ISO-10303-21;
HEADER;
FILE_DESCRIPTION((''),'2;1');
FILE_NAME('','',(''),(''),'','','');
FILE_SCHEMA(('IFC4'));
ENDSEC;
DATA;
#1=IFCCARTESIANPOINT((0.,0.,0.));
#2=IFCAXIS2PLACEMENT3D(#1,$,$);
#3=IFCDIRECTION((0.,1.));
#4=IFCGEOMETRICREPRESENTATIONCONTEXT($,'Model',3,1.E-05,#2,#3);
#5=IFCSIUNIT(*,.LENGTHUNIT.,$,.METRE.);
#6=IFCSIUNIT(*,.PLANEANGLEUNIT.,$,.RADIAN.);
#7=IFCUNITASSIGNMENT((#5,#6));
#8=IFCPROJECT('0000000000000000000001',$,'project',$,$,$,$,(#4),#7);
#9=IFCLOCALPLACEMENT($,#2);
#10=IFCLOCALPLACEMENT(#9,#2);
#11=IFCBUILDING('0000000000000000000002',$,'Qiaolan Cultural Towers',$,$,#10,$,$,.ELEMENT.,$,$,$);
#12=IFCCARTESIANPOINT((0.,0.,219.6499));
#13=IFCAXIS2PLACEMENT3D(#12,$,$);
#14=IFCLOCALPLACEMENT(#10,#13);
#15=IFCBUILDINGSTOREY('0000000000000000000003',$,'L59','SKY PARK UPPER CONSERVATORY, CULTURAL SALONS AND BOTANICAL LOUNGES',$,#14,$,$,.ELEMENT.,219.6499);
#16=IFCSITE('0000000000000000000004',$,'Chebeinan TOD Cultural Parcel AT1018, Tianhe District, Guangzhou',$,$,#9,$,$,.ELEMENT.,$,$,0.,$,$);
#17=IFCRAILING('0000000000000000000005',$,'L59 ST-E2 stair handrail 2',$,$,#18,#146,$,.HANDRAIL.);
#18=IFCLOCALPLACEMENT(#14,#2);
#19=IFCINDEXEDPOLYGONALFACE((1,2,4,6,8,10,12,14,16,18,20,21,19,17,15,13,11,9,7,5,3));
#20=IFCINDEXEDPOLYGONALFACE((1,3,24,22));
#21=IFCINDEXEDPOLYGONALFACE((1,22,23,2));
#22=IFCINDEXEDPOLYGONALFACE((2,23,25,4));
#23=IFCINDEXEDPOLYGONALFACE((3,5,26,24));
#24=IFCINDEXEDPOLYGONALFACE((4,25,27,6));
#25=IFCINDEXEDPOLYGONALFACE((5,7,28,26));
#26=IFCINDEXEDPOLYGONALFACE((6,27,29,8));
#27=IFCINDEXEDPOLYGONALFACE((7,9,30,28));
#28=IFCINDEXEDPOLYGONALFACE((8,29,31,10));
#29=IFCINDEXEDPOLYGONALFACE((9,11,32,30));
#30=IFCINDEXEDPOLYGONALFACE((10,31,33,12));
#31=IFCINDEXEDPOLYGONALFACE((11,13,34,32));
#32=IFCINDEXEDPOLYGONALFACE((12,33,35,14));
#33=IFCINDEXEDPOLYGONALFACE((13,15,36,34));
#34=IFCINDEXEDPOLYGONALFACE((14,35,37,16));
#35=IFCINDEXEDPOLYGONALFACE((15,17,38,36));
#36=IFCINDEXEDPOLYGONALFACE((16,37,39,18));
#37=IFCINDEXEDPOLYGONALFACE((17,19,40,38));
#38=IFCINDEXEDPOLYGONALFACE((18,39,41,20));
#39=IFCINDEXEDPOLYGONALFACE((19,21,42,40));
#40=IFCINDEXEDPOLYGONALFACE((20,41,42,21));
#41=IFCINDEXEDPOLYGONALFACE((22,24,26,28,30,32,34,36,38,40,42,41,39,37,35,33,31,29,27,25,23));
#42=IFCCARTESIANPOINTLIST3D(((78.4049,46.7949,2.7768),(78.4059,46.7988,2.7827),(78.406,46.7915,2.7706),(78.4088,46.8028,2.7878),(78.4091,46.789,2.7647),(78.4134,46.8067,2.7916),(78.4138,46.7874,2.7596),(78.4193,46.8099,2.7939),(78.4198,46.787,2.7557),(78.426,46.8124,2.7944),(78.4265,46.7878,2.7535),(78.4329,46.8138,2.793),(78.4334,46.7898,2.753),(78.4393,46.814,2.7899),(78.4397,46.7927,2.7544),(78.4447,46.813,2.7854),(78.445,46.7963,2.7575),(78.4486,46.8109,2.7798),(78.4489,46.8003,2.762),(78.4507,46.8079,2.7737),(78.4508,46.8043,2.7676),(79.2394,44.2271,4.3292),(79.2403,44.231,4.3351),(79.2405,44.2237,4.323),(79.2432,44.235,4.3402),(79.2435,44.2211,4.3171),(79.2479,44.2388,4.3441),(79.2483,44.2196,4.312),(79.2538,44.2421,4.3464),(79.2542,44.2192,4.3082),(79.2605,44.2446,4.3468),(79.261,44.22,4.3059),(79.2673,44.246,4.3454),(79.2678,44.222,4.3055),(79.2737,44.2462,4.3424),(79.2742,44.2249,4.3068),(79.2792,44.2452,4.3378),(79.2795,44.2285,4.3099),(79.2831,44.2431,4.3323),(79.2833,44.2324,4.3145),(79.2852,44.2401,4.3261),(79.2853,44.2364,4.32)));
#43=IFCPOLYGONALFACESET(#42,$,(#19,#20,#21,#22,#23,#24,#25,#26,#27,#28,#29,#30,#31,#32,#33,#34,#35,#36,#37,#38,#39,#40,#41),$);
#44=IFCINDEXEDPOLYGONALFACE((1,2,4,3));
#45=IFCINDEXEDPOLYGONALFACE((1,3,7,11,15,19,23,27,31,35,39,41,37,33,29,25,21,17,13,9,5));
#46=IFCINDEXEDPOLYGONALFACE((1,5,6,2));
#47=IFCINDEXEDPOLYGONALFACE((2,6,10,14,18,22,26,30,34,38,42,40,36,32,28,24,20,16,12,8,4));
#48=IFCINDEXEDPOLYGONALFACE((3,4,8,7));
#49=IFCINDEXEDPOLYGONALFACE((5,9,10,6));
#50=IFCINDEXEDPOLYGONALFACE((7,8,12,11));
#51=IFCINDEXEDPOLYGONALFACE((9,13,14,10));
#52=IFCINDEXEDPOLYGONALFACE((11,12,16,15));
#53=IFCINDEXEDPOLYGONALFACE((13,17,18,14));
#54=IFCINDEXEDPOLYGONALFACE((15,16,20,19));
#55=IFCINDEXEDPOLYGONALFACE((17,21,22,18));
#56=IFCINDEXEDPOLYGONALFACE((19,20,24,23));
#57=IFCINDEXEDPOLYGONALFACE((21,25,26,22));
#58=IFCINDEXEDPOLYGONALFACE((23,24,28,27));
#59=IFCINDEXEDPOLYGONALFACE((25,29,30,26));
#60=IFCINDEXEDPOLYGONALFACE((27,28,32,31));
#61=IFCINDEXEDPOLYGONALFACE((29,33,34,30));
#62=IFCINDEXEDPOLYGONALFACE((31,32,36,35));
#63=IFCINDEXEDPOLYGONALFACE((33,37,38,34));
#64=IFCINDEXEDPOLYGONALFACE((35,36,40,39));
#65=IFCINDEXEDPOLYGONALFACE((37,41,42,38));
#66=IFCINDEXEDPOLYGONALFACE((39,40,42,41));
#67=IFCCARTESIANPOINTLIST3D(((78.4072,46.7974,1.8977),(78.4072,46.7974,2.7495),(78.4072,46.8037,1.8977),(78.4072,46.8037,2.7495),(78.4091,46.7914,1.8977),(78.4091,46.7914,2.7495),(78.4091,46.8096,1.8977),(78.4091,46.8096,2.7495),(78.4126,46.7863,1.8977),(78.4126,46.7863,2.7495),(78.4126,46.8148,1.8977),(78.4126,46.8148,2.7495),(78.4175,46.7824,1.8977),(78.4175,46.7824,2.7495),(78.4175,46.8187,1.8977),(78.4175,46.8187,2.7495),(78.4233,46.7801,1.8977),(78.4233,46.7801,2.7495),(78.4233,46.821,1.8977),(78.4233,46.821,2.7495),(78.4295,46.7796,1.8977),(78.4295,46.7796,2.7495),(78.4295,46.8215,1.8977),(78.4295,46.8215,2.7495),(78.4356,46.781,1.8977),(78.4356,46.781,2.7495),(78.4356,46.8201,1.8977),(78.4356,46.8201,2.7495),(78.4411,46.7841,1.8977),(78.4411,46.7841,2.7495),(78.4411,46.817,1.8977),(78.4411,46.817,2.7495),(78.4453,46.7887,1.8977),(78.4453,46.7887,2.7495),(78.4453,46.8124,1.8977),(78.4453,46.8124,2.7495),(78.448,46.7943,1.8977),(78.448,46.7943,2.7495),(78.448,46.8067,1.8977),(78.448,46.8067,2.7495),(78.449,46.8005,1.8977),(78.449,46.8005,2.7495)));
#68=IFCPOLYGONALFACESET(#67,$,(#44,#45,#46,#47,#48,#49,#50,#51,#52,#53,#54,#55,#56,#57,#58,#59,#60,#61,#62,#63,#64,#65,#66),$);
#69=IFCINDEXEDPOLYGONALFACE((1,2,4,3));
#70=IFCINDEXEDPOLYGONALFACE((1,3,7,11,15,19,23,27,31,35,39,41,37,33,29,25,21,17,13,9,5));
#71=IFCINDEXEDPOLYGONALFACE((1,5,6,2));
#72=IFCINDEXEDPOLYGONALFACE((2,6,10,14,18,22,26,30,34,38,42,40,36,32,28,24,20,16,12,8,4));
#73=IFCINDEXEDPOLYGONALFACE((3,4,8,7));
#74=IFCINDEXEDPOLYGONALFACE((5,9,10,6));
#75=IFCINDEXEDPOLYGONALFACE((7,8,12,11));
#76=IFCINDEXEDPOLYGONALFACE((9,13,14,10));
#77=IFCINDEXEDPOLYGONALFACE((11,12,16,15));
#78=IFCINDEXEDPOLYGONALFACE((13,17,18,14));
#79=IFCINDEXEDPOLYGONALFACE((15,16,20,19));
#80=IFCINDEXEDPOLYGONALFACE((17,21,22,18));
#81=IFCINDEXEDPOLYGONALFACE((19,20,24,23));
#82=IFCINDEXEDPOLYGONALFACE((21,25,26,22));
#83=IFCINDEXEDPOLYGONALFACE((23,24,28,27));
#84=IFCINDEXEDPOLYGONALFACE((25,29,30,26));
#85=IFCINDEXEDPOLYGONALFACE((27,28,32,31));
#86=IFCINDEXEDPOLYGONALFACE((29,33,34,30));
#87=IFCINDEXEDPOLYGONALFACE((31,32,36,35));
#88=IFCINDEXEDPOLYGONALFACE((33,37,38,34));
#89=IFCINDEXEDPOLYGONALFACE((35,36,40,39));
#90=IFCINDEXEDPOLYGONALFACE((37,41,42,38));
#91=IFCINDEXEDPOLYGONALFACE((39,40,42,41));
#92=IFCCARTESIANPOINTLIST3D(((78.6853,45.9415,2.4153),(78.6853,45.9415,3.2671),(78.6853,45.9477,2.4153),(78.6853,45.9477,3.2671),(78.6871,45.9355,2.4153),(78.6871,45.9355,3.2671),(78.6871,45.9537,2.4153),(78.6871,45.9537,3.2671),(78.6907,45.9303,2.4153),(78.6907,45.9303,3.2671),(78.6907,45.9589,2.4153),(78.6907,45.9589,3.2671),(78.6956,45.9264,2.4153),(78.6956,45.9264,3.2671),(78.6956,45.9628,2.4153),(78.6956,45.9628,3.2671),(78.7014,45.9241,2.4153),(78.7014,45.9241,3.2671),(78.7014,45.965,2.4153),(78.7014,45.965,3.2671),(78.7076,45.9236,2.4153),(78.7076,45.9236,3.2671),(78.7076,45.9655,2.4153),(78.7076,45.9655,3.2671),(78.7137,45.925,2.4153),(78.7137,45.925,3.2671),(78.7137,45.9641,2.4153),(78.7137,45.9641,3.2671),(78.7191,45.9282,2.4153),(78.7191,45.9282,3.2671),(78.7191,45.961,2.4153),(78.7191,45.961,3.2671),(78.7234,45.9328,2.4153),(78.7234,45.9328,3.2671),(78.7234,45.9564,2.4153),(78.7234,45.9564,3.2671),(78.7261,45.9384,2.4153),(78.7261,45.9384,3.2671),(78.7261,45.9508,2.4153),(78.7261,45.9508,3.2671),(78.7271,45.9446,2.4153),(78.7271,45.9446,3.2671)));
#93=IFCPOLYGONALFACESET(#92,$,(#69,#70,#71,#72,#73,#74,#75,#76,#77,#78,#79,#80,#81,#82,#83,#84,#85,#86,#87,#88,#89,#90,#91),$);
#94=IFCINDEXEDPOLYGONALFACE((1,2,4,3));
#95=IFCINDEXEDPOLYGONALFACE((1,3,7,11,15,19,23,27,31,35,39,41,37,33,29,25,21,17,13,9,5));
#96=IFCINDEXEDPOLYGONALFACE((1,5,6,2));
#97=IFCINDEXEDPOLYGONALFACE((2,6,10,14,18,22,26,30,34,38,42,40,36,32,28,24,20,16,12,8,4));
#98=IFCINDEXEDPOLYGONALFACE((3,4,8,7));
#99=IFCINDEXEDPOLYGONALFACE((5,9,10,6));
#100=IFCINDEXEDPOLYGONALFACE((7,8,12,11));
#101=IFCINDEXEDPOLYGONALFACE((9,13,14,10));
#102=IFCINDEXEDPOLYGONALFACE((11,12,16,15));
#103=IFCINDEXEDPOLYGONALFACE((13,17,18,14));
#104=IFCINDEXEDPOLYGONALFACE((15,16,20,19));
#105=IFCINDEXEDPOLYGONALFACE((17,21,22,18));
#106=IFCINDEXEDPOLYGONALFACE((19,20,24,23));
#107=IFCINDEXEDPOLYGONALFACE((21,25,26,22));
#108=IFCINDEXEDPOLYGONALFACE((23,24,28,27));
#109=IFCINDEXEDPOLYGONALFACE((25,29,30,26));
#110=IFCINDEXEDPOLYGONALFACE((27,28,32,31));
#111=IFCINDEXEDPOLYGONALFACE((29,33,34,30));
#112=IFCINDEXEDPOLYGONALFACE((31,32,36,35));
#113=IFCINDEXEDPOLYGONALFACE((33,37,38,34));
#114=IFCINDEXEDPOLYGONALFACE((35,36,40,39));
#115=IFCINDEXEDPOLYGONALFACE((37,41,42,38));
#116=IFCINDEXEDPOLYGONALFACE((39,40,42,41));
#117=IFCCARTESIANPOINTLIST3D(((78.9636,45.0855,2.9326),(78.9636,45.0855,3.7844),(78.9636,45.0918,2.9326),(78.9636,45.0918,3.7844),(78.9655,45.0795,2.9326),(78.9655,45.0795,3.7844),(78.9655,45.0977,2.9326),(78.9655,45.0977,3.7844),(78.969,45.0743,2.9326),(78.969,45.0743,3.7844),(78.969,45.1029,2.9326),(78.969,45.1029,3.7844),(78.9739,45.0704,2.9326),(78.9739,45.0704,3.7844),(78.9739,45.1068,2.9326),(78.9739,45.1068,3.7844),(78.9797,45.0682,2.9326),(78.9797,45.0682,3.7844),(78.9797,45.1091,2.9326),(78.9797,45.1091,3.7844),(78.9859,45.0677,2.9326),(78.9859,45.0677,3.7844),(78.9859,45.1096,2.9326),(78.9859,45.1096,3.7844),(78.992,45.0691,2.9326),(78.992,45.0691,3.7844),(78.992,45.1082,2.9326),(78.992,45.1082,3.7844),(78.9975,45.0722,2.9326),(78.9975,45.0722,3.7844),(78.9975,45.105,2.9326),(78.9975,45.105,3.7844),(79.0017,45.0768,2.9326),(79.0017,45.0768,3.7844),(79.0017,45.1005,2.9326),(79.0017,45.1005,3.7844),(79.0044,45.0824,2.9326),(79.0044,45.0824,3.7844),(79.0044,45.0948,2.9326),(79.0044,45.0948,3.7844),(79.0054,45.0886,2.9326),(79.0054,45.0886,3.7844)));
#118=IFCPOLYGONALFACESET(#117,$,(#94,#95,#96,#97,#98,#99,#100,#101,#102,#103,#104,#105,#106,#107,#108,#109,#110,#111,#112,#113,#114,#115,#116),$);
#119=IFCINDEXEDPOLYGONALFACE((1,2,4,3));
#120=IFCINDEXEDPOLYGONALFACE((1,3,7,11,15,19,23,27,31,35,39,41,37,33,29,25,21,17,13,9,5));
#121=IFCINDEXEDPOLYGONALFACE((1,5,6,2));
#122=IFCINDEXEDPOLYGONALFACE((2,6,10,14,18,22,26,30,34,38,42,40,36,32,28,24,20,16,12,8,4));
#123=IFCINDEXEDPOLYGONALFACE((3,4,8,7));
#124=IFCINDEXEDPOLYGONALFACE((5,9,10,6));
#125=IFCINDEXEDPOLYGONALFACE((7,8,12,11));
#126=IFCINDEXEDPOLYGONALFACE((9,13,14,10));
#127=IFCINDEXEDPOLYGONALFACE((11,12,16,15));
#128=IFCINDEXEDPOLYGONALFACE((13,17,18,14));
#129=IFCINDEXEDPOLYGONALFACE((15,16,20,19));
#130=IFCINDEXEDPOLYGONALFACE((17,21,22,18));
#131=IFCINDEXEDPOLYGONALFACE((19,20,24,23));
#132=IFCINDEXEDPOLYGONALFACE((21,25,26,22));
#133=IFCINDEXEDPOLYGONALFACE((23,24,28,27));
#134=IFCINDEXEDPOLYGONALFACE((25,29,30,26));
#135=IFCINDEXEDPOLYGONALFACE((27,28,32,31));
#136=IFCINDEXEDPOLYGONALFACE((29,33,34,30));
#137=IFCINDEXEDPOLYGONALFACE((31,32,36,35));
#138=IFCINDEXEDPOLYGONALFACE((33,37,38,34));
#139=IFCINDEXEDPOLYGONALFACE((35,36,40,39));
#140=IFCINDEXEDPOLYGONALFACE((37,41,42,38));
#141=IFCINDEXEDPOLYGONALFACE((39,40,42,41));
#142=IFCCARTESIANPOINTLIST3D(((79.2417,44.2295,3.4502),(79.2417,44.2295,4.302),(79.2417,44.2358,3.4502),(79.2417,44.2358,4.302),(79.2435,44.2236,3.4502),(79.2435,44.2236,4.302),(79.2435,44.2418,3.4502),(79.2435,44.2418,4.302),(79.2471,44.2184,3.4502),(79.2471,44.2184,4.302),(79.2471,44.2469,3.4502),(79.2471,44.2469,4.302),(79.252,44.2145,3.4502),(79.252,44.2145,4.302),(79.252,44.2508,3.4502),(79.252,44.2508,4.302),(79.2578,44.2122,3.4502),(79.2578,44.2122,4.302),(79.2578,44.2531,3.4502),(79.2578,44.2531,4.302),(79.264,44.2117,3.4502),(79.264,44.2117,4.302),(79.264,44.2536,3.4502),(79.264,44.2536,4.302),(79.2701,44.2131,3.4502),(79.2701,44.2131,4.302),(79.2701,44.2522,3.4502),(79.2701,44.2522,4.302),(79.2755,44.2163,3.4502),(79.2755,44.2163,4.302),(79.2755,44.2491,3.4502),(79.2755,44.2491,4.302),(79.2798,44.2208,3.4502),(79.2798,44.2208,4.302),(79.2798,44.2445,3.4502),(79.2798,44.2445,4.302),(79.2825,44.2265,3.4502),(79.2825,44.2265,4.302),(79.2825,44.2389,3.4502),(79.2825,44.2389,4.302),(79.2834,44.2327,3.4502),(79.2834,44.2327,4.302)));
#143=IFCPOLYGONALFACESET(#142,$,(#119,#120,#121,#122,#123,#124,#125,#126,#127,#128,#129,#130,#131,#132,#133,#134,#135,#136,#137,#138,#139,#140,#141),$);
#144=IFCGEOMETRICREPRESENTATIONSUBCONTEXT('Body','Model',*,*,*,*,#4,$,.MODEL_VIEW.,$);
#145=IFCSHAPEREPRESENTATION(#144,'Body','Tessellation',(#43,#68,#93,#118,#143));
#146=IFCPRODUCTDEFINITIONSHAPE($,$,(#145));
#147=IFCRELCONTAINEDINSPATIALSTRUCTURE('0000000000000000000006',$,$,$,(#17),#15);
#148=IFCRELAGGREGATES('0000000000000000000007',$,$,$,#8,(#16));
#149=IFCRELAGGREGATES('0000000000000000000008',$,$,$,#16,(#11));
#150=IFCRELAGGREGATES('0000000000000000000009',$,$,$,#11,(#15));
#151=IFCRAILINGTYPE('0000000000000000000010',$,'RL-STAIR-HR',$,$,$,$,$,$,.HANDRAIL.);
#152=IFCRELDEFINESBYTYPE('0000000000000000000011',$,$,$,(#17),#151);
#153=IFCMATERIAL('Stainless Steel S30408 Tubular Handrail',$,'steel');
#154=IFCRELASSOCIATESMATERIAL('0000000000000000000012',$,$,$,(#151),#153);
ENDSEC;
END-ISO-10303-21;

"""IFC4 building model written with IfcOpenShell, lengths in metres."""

from ifc_helpers import new_model, si_unit, direction, frame, origin, origin_2d, place, context, subcontext, project, spatial, circle, extrude, material, type_object, element, save


model = new_model("IFC4")

# Units and contexts
model_context = context("Model", 3, precision=1e-05, world=origin(), true_north=direction((0.0, 1.0)))
body_context = subcontext(model_context, "Body", "Model", "MODEL_VIEW")
ifc_project = project(units=[si_unit("LENGTHUNIT", "METRE"), si_unit("PLANEANGLEUNIT", "RADIAN")], contexts=[model_context])

# Site, building, storey
site_placement = place(None, origin())
site = spatial("IfcSite", under=ifc_project, at=site_placement, Name="Chebeinan TOD Cultural Parcel AT1018, Tianhe District, Guangzhou", CompositionType="ELEMENT", RefElevation=0.0)
building_placement = place(site_placement, origin())
building = spatial("IfcBuilding", under=site, at=building_placement, Name="Qiaolan Cultural Towers", CompositionType="ELEMENT")
storey_placement = place(building_placement, frame((0.0, 0.0, 219.6499)))
storey = spatial("IfcBuildingStorey", under=building, at=storey_placement, Name="L59", Description="SKY PARK UPPER CONSERVATORY, CULTURAL SALONS AND BOTANICAL LOUNGES", CompositionType="ELEMENT", Elevation=219.6499)

# Railing
ifc_material_1 = material(Name="Stainless Steel S30408 Tubular Handrail", Category="steel")
railing_type_1 = type_object("IfcRailingType", Name="RL-STAIR-HR", PredefinedType="HANDRAIL", material=ifc_material_1)
railing_1_placement = place(storey_placement, frame((78.428, 46.8005, 1.8977)))
element("IfcRailing", 1, at=railing_1_placement, inside=storey, type_object=railing_type_1, Name="L59 ST-E2 stair handrail 2", PredefinedType="HANDRAIL", context=body_context, shape_type="SweptSolid", body=[
    extrude(circle(Radius=0.0239, at=origin_2d()), frame((0.0, 0.0, 0.876), z_axis=(0.267926, -0.824471, 0.498461), x_axis=(0.951043, 0.309057, 0.0)), (0.0, 0.0, 1.0), 3.1145),
    extrude(circle(Radius=0.021, at=origin_2d()), origin(), (0.0, 0.0, 1.0), 0.8518),
    extrude(circle(Radius=0.021, at=origin_2d()), frame((0.2781, -0.856, 0.5176)), (0.0, 0.0, 1.0), 0.8518),
    extrude(circle(Radius=0.021, at=origin_2d()), frame((0.5564, -1.7119, 1.0349)), (0.0, 0.0, 1.0), 0.8518),
    extrude(circle(Radius=0.021, at=origin_2d()), frame((0.8345, -2.5679, 1.5525)), (0.0, 0.0, 1.0), 0.8518),
])

save(model, "model.ifc")
